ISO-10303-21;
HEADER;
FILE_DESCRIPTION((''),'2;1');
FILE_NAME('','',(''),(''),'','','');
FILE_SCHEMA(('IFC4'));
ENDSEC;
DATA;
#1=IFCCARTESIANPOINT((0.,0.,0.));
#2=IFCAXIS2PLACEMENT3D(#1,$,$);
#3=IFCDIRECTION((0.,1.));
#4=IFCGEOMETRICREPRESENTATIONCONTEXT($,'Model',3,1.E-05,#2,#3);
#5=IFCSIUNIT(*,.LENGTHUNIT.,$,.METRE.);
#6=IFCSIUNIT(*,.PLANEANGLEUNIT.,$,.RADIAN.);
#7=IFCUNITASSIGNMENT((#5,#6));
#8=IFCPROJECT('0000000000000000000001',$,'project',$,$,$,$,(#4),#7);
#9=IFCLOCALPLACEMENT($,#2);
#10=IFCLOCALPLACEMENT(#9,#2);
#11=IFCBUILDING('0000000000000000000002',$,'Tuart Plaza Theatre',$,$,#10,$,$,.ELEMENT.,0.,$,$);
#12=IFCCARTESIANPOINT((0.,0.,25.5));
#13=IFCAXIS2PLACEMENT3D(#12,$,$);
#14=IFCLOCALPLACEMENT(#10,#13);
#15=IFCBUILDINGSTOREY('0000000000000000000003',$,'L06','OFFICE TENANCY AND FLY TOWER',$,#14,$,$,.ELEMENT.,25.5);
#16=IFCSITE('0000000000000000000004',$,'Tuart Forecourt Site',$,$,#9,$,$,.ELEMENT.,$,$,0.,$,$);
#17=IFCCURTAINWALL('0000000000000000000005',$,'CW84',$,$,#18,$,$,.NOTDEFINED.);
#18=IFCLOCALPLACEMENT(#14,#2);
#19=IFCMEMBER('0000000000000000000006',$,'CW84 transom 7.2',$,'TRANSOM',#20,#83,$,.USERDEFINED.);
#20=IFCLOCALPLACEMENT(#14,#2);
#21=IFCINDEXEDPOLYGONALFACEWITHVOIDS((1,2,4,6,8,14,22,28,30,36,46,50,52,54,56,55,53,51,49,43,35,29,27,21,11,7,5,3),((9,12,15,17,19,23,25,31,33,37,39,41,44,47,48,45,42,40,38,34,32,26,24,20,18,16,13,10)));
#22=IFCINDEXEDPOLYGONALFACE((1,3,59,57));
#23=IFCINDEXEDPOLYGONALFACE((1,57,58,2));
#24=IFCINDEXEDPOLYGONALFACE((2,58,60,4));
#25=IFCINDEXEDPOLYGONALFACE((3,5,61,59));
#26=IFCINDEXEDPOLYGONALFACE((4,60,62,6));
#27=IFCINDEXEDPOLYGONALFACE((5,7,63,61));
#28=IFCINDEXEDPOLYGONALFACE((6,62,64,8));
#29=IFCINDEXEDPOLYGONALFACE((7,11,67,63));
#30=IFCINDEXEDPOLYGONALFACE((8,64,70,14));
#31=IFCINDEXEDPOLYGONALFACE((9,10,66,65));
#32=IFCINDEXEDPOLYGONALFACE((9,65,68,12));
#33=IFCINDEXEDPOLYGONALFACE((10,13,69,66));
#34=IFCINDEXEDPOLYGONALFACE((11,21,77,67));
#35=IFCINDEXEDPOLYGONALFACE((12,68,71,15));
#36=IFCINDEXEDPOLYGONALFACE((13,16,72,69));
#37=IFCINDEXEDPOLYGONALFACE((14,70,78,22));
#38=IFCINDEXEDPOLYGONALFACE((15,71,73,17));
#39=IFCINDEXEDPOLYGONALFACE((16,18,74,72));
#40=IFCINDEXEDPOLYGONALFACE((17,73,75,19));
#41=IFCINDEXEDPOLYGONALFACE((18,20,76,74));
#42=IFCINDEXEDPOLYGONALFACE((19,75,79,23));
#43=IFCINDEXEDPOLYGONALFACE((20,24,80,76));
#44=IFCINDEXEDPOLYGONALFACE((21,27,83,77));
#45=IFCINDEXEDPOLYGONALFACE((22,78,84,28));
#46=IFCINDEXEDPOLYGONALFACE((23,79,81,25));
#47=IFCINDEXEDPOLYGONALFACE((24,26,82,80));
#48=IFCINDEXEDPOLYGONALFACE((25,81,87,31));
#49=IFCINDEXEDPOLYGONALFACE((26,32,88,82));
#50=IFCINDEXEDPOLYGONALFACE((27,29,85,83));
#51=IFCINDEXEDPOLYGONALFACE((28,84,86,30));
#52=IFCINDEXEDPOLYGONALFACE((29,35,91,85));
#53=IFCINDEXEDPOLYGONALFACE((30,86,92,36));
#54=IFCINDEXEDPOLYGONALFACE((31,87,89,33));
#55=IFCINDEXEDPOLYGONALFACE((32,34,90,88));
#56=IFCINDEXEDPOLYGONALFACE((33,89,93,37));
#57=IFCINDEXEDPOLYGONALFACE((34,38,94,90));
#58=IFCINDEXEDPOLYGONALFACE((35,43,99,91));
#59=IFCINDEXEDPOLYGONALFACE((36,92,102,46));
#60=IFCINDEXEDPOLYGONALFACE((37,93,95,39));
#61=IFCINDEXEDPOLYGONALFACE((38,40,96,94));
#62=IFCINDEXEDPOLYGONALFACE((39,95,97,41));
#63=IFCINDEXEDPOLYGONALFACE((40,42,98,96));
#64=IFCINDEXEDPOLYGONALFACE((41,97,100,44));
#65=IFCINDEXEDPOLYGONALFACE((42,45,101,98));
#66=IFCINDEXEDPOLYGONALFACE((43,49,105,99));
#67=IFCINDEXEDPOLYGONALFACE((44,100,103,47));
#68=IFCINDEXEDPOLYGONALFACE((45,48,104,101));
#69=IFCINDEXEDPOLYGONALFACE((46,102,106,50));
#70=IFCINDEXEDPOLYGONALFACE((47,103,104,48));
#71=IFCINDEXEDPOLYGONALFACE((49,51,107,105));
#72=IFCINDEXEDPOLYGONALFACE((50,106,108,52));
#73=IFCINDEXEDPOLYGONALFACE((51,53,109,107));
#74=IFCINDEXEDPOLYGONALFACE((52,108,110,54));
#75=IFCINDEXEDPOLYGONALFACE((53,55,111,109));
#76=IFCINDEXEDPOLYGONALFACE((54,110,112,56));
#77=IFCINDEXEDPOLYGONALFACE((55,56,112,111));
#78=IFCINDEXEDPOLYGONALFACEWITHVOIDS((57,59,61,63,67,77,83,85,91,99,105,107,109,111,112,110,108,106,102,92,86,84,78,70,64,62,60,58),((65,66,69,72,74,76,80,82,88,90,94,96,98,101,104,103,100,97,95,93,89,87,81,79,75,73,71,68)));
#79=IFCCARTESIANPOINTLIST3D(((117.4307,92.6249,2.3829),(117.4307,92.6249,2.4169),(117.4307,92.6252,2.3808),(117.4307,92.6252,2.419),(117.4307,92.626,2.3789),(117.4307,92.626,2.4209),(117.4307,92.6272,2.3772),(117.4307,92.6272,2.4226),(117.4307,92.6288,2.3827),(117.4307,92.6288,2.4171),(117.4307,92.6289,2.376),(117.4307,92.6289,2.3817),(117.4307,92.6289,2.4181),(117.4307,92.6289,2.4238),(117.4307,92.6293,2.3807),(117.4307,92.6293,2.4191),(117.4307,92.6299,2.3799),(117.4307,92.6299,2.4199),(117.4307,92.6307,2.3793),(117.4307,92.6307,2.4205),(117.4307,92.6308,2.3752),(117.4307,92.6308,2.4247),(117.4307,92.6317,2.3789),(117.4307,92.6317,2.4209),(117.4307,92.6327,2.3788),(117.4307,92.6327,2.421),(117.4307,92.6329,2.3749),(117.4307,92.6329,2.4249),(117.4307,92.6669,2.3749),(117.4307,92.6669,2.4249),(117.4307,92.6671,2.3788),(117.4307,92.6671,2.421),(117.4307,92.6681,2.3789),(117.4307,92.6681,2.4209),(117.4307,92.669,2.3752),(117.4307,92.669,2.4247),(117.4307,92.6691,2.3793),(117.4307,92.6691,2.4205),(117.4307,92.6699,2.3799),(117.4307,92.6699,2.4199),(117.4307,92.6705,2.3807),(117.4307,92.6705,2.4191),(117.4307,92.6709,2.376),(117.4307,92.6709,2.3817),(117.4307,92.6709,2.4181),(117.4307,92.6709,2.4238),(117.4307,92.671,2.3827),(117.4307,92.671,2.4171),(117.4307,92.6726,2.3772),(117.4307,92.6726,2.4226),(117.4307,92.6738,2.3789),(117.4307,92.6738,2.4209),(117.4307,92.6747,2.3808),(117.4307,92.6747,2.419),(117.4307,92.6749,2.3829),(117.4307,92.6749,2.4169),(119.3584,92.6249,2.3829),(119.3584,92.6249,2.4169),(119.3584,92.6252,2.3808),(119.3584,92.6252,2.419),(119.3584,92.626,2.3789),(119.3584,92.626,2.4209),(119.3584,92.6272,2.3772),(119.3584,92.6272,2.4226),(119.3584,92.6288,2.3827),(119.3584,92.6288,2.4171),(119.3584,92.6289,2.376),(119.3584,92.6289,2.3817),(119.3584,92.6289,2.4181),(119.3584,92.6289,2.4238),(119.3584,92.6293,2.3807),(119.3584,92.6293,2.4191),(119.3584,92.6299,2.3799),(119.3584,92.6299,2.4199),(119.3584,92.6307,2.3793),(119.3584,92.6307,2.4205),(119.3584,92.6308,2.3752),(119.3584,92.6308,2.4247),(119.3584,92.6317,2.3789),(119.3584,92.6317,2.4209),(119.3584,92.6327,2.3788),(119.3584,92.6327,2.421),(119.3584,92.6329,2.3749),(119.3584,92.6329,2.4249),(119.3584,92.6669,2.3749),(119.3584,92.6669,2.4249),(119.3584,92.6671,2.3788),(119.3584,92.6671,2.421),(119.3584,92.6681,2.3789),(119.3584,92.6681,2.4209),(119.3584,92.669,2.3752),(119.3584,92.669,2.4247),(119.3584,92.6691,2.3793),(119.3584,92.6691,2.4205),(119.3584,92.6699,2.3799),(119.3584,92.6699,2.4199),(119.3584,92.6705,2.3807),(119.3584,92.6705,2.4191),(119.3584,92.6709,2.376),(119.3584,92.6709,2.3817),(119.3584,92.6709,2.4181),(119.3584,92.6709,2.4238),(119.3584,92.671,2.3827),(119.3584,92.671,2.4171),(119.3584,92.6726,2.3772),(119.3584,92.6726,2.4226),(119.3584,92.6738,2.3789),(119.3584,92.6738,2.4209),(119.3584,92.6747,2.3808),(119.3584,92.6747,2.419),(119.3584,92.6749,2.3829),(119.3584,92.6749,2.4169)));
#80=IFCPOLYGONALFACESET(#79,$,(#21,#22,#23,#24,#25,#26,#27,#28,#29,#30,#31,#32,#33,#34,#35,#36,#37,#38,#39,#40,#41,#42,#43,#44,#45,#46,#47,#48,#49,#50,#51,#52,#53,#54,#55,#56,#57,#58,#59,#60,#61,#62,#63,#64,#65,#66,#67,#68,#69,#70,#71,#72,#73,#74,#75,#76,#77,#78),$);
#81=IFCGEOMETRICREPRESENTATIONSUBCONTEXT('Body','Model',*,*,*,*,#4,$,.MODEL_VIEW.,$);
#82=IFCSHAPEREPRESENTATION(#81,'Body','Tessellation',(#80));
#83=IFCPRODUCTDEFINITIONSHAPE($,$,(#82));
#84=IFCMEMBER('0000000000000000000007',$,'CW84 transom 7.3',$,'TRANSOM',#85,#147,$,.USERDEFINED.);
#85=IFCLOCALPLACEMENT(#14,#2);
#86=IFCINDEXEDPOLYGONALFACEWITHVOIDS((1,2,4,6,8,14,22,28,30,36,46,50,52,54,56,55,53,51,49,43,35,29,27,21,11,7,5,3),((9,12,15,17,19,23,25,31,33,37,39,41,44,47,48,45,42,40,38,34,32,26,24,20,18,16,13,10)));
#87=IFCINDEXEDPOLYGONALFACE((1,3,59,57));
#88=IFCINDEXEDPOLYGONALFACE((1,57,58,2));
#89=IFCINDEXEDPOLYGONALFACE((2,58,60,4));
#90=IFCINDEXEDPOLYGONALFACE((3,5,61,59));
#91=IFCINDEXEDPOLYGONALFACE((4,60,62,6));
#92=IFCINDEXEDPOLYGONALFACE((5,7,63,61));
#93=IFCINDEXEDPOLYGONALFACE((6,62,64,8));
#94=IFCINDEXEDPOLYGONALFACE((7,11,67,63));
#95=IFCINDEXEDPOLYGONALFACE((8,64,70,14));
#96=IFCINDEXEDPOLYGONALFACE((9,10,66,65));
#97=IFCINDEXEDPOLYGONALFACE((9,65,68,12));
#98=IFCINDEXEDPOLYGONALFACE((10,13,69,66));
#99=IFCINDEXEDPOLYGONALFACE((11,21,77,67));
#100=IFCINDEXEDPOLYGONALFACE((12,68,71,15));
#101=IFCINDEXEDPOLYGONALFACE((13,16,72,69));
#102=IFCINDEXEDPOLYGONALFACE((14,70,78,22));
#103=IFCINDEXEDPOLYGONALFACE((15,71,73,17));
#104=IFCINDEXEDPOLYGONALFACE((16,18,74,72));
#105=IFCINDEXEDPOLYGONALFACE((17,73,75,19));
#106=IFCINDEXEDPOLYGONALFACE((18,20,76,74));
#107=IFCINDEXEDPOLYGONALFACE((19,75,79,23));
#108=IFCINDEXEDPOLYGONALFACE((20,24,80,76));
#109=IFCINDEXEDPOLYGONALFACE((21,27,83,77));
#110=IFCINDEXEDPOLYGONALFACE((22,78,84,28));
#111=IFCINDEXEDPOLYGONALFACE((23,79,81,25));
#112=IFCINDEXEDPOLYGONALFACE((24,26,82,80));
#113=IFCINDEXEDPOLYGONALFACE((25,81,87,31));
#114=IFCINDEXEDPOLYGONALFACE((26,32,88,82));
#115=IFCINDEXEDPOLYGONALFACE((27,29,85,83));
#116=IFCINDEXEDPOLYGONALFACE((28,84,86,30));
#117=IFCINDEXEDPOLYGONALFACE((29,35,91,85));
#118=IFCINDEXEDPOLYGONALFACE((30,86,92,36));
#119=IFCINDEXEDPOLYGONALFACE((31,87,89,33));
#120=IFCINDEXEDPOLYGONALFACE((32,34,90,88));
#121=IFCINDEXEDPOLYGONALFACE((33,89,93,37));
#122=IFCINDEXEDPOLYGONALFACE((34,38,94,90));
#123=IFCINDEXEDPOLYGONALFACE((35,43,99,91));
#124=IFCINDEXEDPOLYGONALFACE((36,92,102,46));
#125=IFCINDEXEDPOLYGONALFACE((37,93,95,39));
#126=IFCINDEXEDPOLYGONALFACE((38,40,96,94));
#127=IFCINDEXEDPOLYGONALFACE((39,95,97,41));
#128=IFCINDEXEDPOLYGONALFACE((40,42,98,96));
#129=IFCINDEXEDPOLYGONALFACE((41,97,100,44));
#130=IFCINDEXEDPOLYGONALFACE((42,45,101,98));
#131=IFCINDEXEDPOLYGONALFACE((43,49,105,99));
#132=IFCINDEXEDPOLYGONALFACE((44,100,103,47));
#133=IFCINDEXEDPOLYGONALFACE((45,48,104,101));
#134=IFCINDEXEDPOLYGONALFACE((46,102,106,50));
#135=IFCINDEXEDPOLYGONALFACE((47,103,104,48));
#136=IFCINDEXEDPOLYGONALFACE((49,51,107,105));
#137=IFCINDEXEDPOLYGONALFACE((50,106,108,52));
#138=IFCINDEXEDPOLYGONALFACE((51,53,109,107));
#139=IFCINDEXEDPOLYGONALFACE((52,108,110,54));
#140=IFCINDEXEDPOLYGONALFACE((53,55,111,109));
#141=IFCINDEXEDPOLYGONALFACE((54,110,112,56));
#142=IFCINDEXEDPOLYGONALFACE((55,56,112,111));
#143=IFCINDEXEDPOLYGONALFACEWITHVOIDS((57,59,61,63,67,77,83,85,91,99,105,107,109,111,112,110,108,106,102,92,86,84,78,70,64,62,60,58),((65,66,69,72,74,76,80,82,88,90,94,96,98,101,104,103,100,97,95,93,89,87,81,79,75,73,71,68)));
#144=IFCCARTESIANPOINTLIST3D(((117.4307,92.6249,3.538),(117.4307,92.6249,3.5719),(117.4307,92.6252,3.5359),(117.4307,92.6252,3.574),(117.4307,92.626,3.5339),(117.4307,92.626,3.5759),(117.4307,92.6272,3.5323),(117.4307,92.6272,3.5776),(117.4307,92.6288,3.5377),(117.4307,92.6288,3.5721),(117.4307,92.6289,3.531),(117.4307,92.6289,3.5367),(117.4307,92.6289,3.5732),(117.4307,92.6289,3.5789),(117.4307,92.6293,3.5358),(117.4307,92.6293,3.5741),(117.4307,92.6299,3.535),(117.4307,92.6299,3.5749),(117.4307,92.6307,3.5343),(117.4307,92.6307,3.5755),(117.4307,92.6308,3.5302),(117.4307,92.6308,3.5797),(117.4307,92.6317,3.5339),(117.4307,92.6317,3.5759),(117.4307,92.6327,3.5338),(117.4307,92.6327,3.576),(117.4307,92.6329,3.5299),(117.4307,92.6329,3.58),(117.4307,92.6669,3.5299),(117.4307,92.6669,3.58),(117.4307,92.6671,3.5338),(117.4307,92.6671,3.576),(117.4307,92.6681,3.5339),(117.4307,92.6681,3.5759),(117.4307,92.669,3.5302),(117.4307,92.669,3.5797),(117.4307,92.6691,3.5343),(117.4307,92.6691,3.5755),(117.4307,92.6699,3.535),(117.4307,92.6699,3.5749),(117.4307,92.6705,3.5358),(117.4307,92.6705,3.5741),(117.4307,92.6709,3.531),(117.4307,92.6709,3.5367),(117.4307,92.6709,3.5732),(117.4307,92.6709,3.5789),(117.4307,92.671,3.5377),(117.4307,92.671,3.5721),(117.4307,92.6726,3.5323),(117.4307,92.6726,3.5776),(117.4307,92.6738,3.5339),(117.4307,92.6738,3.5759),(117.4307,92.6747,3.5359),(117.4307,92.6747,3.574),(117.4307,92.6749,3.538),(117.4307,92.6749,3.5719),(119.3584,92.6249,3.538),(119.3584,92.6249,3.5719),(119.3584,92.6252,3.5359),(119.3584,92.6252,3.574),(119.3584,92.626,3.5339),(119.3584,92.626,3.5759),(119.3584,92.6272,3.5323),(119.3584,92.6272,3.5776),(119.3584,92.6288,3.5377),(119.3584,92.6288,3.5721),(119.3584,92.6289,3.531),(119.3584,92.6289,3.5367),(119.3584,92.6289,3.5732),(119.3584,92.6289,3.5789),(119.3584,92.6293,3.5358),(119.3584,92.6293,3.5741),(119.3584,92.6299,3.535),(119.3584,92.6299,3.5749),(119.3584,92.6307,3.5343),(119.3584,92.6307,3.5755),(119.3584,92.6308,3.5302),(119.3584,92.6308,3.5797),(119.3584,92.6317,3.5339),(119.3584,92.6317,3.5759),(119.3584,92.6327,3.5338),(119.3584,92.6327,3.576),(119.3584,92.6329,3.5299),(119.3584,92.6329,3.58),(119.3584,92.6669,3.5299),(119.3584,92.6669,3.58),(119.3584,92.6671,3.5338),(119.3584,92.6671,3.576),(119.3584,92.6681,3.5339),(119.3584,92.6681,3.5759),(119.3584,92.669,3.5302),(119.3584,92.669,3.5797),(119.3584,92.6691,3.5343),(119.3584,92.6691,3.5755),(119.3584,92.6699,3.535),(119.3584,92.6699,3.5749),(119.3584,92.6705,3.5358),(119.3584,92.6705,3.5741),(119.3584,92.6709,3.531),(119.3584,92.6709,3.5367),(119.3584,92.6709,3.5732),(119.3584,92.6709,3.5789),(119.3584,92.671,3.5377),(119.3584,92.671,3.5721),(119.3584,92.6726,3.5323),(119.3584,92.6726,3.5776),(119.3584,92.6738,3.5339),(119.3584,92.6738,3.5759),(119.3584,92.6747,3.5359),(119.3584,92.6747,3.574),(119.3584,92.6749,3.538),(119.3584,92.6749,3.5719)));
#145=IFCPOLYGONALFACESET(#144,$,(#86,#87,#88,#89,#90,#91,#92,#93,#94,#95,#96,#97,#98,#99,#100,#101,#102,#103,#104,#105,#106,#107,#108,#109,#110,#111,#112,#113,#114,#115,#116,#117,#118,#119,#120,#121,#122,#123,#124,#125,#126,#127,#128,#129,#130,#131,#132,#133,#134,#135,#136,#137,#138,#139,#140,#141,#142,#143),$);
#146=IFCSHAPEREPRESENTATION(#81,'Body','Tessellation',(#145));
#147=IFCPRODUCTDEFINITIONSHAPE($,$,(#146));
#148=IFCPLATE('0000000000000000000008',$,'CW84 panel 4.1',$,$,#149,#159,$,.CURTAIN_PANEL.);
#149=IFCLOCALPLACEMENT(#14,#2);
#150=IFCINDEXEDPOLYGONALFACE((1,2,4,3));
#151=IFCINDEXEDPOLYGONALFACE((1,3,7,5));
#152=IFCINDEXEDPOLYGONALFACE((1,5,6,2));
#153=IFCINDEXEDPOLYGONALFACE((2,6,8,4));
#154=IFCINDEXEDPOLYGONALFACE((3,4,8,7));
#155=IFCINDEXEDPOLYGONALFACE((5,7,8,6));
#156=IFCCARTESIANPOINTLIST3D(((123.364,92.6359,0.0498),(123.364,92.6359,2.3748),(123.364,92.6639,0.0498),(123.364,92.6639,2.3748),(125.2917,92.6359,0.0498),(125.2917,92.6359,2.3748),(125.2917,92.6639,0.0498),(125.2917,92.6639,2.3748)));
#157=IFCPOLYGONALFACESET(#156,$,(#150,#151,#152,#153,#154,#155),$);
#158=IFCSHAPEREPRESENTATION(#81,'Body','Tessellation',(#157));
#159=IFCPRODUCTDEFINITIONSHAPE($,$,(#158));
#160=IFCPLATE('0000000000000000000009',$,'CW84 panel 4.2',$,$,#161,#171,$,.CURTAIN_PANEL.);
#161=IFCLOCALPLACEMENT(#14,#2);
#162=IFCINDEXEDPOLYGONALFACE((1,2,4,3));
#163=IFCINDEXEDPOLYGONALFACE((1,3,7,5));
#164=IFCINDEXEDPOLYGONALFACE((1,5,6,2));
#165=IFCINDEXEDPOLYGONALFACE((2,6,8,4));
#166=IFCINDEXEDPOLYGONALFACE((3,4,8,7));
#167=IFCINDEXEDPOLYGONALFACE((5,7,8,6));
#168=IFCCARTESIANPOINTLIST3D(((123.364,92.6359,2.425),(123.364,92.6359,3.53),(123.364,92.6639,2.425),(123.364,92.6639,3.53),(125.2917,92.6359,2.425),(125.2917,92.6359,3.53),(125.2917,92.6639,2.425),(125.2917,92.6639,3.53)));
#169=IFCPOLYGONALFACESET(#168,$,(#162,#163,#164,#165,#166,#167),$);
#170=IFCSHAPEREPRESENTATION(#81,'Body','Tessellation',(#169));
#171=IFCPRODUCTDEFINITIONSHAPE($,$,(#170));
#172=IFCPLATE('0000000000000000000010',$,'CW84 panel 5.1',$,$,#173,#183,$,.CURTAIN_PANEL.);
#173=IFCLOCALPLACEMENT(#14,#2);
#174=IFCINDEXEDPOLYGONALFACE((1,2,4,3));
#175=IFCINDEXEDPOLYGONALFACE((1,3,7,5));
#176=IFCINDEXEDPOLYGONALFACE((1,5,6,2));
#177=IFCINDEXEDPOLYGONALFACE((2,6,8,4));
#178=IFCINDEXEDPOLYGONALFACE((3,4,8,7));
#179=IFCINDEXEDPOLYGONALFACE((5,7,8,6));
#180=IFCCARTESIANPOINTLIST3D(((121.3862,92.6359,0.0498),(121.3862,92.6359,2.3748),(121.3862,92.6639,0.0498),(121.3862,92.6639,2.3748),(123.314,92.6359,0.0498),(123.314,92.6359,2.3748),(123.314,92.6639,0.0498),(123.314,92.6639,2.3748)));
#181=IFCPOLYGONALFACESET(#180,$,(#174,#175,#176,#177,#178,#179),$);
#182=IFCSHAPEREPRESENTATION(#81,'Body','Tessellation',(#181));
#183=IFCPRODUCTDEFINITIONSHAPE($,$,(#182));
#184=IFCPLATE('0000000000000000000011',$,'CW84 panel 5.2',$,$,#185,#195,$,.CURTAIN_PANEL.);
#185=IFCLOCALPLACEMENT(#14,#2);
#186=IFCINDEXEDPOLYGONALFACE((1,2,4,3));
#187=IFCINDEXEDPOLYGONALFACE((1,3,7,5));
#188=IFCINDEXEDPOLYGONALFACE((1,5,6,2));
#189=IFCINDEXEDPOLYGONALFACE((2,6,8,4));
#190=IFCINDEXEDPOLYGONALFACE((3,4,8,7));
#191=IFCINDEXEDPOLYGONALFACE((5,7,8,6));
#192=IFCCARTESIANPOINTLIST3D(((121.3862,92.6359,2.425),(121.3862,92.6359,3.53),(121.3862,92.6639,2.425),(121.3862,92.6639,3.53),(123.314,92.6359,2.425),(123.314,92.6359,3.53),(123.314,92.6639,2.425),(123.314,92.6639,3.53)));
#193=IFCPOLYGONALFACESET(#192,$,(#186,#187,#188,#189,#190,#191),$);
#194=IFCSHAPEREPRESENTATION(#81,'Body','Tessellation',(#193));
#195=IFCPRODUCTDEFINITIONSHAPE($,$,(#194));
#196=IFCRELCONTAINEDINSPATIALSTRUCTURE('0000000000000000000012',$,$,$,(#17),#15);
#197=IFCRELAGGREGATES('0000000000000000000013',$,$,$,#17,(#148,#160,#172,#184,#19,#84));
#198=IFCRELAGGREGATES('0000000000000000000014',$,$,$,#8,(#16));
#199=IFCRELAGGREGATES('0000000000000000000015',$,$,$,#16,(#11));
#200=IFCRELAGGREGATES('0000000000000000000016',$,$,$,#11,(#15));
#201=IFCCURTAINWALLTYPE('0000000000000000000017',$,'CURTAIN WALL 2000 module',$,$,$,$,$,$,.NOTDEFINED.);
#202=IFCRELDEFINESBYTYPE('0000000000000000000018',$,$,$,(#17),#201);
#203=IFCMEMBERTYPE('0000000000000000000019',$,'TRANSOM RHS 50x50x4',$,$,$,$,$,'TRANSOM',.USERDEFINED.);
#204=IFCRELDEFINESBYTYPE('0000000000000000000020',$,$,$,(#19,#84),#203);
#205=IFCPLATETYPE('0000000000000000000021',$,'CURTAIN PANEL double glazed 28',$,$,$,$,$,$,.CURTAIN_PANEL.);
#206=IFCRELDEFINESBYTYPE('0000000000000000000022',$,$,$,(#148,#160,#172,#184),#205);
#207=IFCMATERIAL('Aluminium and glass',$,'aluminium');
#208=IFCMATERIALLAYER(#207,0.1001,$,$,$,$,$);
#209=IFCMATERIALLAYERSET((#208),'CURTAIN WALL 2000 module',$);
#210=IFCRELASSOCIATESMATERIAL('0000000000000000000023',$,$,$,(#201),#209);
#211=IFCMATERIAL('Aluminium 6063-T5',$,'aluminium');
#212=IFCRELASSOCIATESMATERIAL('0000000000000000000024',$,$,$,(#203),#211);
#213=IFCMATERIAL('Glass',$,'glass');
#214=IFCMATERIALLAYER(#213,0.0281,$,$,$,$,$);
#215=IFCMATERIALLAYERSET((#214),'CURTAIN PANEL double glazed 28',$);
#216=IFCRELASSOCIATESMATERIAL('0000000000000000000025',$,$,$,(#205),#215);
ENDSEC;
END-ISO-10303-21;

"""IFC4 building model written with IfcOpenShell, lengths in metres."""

from ifc_helpers import new_model, si_unit, direction, frame, origin, origin_2d, place, context, subcontext, project, spatial, rectangle, hollow_rectangle, extrude, material, layer, layer_set, material_profile, profile_set, type_object, element, aggregate, save


model = new_model("IFC4")

# Units and contexts
model_context = context("Model", 3, precision=1e-05, world=origin(), true_north=direction((0.0, 1.0)))
body_context = subcontext(model_context, "Body", "Model", "MODEL_VIEW")
ifc_project = project(units=[si_unit("LENGTHUNIT", "METRE"), si_unit("PLANEANGLEUNIT", "RADIAN")], contexts=[model_context])

# Site, building, storey
site_placement = place(None, origin())
site = spatial("IfcSite", under=ifc_project, at=site_placement, Name="Tuart Forecourt Site", CompositionType="ELEMENT", RefElevation=0.0)
building_placement = place(site_placement, origin())
building = spatial("IfcBuilding", under=site, at=building_placement, Name="Tuart Plaza Theatre", CompositionType="ELEMENT", ElevationOfRefHeight=0.0)
storey_placement = place(building_placement, frame((0.0, 0.0, 25.5)))
storey = spatial("IfcBuildingStorey", under=building, at=storey_placement, Name="L06", Description="OFFICE TENANCY AND FLY TOWER", CompositionType="ELEMENT", Elevation=25.5)

# Curtain wall, members, plates
ifc_material_1 = material(Name="Aluminium and glass", Category="aluminium")
ifc_layer_1 = layer(ifc_material_1, 0.1001)
ifc_layer_set_1 = layer_set([ifc_layer_1], Name="CURTAIN WALL 2000 module")
curtain_wall_type = type_object("IfcCurtainWallType", Name="CURTAIN WALL 2000 module", PredefinedType="NOTDEFINED", material=ifc_layer_set_1)
curtain_wall_placement = place(storey_placement, origin())
curtain_wall = element("IfcCurtainWall", 1, at=curtain_wall_placement, inside=storey, type_object=curtain_wall_type, Name="CW84", PredefinedType="NOTDEFINED")
ifc_material_2 = material(Name="Aluminium 6063-T5", Category="aluminium")
ifc_material_profile_1 = material_profile(ifc_material_2, hollow_rectangle(XDim=0.05, YDim=0.05, WallThickness=0.0039, InnerFilletRadius=0.0039, OuterFilletRadius=0.0081, at=origin_2d()), Name="RHS 50x50x4")
ifc_profile_set_1 = profile_set([ifc_material_profile_1], Name="Aluminium 6063-T5")
member_type_1 = type_object("IfcMemberType", Name="TRANSOM RHS 50x50x4", ElementType="TRANSOM", PredefinedType="USERDEFINED", material=ifc_profile_set_1)
member_1_placement = place(storey_placement, frame((119.3584, 92.6499, 2.3999), z_axis=(-1.0, 0.0, 0.0), x_axis=(0.0, -1.0, 0.0)))
member_1 = element("IfcMember", 2, at=member_1_placement, type_object=member_type_1, Name="CW84 transom 7.2", ObjectType="TRANSOM", PredefinedType="USERDEFINED", context=body_context, shape_type="SweptSolid", body=[
    extrude(hollow_rectangle(XDim=0.05, YDim=0.05, WallThickness=0.0039, InnerFilletRadius=0.0039, OuterFilletRadius=0.0081, at=origin_2d()), origin(), (0.0, 0.0, 1.0), 1.9277),
])
member_2_placement = place(storey_placement, frame((119.3584, 92.6499, 3.5549), z_axis=(-1.0, 0.0, 0.0), x_axis=(0.0, -1.0, 0.0)))
member_2 = element("IfcMember", 3, at=member_2_placement, type_object=member_type_1, Name="CW84 transom 7.3", ObjectType="TRANSOM", PredefinedType="USERDEFINED", context=body_context, shape_type="SweptSolid", body=[
    extrude(hollow_rectangle(XDim=0.05, YDim=0.05, WallThickness=0.0039, InnerFilletRadius=0.0039, OuterFilletRadius=0.0081, at=origin_2d()), origin(), (0.0, 0.0, 1.0), 1.9277),
])
ifc_material_3 = material(Name="Glass", Category="glass")
ifc_layer_2 = layer(ifc_material_3, 0.0281)
ifc_layer_set_2 = layer_set([ifc_layer_2], Name="CURTAIN PANEL double glazed 28")
plate_type = type_object("IfcPlateType", Name="CURTAIN PANEL double glazed 28", PredefinedType="CURTAIN_PANEL", material=ifc_layer_set_2)
plate_1_placement = place(storey_placement, frame((124.3279, 92.6499, 0.0498), z_axis=(0.0, 0.0, 1.0), x_axis=(-1.0, 0.0, 0.0)))
plate_1 = element("IfcPlate", 4, at=plate_1_placement, type_object=plate_type, Name="CW84 panel 4.1", PredefinedType="CURTAIN_PANEL", context=body_context, shape_type="SweptSolid", body=[
    extrude(rectangle(XDim=1.9277, YDim=0.0281, at=origin_2d()), origin(), (0.0, 0.0, 1.0), 2.325),
])
plate_2_placement = place(storey_placement, frame((124.3279, 92.6499, 2.425), z_axis=(0.0, 0.0, 1.0), x_axis=(-1.0, 0.0, 0.0)))
plate_2 = element("IfcPlate", 5, at=plate_2_placement, type_object=plate_type, Name="CW84 panel 4.2", PredefinedType="CURTAIN_PANEL", context=body_context, shape_type="SweptSolid", body=[
    extrude(rectangle(XDim=1.9277, YDim=0.0281, at=origin_2d()), origin(), (0.0, 0.0, 1.0), 1.105),
])
plate_3_placement = place(storey_placement, frame((122.3501, 92.6499, 0.0498), z_axis=(0.0, 0.0, 1.0), x_axis=(-1.0, 0.0, 0.0)))
plate_3 = element("IfcPlate", 6, at=plate_3_placement, type_object=plate_type, Name="CW84 panel 5.1", PredefinedType="CURTAIN_PANEL", context=body_context, shape_type="SweptSolid", body=[
    extrude(rectangle(XDim=1.9277, YDim=0.0281, at=origin_2d()), origin(), (0.0, 0.0, 1.0), 2.325),
])
plate_4_placement = place(storey_placement, frame((122.3501, 92.6499, 2.425), z_axis=(0.0, 0.0, 1.0), x_axis=(-1.0, 0.0, 0.0)))
plate_4 = element("IfcPlate", 7, at=plate_4_placement, type_object=plate_type, Name="CW84 panel 5.2", PredefinedType="CURTAIN_PANEL", context=body_context, shape_type="SweptSolid", body=[
    extrude(rectangle(XDim=1.9277, YDim=0.0281, at=origin_2d()), origin(), (0.0, 0.0, 1.0), 1.105),
])
aggregate(curtain_wall, [plate_1, plate_2, plate_3, plate_4, member_1, member_2])

save(model, "model.ifc")
